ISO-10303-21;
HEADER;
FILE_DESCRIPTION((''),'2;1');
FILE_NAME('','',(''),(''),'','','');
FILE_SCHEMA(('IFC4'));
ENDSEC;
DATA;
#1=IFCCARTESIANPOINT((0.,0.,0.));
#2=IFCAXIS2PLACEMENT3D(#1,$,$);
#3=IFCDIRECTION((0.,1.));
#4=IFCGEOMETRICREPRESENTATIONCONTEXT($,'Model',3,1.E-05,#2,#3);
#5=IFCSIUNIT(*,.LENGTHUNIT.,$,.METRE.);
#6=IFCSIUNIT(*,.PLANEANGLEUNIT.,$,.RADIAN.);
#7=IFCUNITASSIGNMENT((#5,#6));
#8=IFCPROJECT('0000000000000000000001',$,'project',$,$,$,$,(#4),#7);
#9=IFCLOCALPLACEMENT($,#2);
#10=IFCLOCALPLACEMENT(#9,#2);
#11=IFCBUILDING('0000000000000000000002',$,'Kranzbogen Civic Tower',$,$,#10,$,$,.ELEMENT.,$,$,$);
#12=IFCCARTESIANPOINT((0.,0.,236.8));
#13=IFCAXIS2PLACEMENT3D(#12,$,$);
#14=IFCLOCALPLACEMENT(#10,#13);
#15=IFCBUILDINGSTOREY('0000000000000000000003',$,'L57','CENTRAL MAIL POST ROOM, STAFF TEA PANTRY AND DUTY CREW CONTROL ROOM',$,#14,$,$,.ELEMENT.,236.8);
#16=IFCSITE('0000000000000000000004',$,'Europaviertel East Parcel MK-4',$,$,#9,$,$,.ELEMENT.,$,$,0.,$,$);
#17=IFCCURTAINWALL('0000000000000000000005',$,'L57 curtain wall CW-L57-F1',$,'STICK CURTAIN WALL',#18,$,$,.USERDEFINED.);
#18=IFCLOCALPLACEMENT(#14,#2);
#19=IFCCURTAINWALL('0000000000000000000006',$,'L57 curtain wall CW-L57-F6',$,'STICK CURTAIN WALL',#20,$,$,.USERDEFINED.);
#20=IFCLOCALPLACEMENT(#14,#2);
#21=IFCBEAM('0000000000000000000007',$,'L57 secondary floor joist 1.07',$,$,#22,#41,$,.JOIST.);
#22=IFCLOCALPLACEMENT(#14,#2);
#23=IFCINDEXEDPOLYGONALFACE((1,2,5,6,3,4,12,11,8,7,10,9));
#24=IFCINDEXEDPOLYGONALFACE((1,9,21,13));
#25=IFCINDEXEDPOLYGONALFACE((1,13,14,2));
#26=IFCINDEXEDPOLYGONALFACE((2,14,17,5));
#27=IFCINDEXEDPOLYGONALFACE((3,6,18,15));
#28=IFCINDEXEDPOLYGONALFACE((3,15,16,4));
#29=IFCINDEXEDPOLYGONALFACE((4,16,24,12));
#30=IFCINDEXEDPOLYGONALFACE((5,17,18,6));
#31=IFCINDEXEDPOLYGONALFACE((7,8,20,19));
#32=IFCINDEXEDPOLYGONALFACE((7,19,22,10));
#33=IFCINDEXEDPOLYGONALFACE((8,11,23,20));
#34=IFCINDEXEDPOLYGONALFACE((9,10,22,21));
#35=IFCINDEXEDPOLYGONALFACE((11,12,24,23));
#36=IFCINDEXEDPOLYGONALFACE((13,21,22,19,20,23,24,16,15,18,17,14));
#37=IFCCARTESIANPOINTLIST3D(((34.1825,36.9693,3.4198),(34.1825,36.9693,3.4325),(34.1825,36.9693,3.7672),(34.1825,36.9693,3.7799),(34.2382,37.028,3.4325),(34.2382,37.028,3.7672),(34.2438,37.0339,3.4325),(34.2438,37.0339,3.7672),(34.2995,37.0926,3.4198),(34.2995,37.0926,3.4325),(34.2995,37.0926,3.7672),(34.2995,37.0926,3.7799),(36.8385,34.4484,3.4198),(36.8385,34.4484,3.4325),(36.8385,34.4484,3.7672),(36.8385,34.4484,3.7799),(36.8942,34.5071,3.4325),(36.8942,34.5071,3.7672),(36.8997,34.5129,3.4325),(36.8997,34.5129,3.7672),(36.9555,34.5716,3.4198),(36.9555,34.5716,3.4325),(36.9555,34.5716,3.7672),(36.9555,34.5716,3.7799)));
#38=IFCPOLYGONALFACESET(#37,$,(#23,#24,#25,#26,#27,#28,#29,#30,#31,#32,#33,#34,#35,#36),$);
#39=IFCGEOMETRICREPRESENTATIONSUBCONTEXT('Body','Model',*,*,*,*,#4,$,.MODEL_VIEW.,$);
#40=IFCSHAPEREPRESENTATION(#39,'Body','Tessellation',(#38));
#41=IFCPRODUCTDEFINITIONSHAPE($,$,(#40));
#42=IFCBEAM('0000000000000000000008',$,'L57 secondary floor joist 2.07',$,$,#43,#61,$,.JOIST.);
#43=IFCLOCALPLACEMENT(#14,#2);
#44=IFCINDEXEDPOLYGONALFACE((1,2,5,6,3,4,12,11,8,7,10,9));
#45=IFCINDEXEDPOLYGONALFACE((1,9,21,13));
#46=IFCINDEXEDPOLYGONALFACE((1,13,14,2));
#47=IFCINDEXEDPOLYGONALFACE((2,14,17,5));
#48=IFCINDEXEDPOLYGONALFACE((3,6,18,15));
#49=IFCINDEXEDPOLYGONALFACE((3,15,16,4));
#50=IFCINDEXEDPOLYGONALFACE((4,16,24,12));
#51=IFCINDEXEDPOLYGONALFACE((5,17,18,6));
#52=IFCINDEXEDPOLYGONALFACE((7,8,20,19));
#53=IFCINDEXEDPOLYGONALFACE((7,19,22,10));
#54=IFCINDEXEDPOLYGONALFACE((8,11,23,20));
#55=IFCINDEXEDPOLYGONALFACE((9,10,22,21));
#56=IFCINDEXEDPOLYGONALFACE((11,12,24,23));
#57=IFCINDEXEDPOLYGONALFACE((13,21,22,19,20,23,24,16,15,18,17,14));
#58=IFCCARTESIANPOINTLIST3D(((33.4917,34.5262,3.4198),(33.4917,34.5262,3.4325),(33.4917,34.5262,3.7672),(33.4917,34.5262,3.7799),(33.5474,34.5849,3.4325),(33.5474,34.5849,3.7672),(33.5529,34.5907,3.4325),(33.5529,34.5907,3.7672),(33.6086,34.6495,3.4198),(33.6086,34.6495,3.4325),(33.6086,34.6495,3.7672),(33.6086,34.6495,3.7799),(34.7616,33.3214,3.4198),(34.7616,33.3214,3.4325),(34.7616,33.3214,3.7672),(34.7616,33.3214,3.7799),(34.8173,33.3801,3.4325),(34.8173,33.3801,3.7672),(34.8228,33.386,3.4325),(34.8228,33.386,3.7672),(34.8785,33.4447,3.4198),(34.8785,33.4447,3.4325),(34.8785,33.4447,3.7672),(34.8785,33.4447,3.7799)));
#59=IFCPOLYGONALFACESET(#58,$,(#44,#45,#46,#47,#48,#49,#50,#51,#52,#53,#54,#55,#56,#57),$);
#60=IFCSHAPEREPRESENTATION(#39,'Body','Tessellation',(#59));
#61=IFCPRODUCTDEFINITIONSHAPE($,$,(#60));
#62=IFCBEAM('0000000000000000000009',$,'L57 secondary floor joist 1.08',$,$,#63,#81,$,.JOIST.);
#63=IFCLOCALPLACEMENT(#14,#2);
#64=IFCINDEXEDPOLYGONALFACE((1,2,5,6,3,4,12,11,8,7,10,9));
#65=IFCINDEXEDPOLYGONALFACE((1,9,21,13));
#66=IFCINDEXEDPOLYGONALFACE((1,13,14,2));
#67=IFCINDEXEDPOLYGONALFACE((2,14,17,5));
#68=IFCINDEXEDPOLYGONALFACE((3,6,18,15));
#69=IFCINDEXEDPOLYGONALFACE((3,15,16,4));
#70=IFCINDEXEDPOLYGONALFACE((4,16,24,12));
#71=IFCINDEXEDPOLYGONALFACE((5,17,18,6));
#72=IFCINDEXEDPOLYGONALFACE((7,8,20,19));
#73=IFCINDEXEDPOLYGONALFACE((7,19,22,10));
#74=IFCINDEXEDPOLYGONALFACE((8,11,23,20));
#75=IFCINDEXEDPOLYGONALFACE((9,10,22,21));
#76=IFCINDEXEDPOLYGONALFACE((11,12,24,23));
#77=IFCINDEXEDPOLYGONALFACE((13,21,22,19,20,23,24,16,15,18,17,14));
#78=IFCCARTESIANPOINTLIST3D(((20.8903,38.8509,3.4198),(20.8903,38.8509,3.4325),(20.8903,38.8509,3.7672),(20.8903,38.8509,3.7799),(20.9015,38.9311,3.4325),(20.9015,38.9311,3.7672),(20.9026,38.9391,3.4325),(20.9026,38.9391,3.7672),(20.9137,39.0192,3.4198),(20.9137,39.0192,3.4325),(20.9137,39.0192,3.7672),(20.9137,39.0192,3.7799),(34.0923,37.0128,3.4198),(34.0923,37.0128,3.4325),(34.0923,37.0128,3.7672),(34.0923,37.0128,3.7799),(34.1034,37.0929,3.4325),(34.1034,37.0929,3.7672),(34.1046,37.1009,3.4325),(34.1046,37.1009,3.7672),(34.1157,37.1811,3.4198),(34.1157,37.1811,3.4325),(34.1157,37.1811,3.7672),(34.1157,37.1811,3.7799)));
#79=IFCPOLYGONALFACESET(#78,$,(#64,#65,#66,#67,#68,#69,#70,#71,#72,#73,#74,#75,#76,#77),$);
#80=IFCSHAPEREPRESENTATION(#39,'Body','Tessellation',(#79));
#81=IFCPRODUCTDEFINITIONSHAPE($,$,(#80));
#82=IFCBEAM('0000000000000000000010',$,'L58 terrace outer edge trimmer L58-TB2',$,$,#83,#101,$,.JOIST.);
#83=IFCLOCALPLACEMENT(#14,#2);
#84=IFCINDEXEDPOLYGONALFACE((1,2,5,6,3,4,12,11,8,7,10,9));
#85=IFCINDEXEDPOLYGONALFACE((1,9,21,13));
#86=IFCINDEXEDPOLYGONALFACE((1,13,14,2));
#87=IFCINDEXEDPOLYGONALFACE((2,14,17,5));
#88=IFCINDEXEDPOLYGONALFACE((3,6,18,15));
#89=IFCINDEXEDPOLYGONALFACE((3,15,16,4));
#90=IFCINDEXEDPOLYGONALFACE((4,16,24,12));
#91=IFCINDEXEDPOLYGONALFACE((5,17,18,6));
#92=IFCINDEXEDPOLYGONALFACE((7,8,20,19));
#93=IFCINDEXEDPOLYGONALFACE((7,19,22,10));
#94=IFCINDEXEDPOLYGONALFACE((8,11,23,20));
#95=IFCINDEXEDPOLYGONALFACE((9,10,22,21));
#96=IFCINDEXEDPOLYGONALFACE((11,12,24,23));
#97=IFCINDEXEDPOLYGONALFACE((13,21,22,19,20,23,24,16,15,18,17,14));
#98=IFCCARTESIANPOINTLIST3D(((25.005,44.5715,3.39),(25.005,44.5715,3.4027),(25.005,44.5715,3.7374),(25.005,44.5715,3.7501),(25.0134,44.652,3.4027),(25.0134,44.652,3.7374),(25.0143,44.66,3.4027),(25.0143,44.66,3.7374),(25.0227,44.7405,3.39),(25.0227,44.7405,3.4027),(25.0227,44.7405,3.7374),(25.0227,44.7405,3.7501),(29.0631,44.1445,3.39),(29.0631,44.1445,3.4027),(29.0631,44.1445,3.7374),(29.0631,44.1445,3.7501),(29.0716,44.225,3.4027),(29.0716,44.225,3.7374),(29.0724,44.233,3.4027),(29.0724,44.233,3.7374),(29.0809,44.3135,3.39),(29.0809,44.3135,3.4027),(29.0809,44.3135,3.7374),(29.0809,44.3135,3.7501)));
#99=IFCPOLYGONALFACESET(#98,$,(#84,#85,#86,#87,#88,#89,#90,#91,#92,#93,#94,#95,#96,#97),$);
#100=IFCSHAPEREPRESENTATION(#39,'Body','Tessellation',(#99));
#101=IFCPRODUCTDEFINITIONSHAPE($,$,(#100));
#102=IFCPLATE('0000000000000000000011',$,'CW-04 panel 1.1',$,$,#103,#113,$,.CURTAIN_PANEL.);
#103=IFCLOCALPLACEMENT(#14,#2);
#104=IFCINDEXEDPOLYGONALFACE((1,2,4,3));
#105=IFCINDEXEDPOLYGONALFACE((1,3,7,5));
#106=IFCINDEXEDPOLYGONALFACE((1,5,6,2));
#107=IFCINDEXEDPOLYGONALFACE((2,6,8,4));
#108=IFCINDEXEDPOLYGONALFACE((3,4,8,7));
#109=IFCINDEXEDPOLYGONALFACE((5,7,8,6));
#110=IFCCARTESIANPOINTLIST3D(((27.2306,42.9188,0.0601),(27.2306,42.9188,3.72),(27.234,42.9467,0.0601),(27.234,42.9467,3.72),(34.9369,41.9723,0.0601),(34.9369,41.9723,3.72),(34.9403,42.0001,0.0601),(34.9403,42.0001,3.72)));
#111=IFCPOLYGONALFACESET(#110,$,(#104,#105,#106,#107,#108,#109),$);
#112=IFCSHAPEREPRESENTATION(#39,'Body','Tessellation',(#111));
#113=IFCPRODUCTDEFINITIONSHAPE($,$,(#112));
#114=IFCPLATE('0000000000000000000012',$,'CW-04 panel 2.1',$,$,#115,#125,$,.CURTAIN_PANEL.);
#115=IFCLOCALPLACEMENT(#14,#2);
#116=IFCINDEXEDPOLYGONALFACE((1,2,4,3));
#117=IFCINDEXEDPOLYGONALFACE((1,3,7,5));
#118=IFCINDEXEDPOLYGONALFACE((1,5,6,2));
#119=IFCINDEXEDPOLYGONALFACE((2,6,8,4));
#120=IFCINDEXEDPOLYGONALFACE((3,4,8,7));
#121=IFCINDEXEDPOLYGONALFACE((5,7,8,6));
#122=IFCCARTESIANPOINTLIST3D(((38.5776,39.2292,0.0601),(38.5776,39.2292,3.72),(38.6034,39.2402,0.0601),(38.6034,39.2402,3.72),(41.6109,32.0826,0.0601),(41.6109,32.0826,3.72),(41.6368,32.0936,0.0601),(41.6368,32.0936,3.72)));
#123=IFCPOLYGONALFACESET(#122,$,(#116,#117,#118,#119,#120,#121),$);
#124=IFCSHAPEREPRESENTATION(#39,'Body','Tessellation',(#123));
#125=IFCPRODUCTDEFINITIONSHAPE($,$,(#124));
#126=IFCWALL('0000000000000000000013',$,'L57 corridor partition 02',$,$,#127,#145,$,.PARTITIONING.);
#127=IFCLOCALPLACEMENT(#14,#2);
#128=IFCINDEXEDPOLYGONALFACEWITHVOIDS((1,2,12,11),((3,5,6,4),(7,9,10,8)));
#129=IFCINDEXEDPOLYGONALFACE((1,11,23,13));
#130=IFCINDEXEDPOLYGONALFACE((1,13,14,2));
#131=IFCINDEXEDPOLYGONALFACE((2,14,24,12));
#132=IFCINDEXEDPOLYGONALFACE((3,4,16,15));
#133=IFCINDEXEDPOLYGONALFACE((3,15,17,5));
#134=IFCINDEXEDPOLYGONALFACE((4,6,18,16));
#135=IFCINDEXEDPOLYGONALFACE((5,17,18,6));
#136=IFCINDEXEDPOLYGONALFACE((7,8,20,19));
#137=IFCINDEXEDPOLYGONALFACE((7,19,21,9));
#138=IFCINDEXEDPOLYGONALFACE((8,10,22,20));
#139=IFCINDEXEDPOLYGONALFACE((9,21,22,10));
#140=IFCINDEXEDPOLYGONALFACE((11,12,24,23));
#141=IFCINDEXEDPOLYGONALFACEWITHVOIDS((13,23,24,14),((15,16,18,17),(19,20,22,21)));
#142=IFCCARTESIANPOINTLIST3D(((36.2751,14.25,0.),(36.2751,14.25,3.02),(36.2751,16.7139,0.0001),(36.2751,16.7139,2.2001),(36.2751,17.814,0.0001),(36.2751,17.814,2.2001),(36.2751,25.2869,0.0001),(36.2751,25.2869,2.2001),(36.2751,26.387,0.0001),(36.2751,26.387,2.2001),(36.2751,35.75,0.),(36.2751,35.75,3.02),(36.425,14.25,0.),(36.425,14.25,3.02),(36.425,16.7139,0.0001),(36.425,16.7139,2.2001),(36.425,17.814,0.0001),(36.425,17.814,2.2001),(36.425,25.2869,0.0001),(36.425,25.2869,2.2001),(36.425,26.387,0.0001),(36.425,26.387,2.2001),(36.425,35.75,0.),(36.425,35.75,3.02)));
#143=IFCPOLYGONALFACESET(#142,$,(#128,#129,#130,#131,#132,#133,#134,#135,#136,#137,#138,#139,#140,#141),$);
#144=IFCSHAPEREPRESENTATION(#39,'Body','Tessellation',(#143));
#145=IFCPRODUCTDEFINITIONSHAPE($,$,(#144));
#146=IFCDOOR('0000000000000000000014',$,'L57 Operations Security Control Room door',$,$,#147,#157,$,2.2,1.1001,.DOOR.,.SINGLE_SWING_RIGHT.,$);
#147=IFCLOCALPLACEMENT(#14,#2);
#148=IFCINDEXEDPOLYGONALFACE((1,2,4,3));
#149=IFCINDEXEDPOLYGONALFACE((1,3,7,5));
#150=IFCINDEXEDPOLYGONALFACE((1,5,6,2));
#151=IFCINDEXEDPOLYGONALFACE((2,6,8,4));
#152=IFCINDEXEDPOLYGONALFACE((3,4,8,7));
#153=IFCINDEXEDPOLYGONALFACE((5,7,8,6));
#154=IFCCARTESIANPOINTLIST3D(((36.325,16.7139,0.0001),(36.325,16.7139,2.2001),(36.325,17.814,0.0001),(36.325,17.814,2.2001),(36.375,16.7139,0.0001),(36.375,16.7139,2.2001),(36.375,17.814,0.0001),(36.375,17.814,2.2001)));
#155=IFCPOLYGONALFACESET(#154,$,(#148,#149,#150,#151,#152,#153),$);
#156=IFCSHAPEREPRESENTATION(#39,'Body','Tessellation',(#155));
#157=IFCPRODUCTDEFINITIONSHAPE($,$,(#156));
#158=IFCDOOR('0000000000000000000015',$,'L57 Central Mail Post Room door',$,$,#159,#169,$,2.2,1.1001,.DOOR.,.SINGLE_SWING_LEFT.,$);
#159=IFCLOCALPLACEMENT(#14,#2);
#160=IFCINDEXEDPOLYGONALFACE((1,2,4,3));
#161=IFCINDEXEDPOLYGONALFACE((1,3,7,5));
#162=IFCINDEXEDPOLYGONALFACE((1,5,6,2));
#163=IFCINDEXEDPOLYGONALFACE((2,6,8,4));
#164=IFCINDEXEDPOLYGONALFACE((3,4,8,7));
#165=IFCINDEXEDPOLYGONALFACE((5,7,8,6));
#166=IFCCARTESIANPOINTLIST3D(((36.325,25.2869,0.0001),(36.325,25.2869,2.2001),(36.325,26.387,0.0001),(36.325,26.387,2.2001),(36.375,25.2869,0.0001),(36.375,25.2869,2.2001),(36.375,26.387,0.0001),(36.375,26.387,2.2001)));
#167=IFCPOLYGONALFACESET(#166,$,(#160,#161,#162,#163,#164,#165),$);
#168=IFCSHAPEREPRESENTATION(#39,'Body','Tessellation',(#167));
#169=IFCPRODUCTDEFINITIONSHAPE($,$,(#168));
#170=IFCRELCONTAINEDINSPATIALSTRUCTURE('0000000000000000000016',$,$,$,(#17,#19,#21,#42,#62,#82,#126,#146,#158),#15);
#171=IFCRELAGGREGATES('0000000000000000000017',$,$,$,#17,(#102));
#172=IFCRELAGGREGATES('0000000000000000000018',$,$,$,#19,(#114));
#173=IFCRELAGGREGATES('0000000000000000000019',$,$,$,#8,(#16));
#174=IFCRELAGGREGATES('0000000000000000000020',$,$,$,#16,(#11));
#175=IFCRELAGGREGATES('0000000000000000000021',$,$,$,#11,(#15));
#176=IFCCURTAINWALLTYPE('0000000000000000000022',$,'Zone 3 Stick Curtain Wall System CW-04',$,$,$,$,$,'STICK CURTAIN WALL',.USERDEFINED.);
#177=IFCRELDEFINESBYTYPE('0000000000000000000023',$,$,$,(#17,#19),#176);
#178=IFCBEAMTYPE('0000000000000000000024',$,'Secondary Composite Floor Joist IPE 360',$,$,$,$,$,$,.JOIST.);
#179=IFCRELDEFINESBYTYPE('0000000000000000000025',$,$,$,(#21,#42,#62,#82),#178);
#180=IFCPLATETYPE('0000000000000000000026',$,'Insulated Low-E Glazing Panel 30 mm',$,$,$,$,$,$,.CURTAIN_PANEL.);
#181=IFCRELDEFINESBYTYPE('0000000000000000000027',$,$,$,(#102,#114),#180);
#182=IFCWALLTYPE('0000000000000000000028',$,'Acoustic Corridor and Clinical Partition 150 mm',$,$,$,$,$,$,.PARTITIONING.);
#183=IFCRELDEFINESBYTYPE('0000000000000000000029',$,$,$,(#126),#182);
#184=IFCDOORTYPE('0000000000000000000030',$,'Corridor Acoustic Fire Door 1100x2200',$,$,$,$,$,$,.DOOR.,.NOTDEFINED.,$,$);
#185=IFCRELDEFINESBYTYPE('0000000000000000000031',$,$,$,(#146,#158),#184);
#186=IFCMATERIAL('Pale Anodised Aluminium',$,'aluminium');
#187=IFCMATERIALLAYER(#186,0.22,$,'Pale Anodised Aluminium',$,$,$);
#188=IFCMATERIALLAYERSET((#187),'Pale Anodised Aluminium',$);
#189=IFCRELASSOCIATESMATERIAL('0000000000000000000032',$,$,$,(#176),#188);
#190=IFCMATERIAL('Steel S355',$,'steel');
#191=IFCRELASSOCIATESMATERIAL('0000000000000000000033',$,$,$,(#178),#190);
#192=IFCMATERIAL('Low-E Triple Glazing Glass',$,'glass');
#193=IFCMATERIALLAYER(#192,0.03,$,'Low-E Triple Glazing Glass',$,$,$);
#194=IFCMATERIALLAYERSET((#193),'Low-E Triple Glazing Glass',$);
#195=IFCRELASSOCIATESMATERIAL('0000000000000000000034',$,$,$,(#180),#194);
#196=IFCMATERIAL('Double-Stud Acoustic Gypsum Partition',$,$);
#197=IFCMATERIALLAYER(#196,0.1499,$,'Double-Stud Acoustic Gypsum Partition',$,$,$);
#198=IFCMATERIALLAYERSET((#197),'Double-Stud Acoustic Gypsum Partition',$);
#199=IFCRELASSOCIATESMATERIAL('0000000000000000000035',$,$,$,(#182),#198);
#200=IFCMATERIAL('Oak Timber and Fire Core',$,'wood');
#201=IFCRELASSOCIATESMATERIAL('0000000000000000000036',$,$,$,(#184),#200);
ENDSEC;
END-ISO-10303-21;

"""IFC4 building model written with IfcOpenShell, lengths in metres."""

from ifc_helpers import new_model, si_unit, direction, frame, frame_2d, origin, origin_2d, place, context, subcontext, project, spatial, rectangle, i_section, extrude, material, layer, layer_set, material_profile, profile_set, type_object, element, fill, aggregate, save


model = new_model("IFC4")

# Units and contexts
model_context = context("Model", 3, precision=1e-05, world=origin(), true_north=direction((0.0, 1.0)))
body_context = subcontext(model_context, "Body", "Model", "MODEL_VIEW")
ifc_project = project(units=[si_unit("LENGTHUNIT", "METRE"), si_unit("PLANEANGLEUNIT", "RADIAN")], contexts=[model_context])

# Site, building, storey
site_placement = place(None, origin())
site = spatial("IfcSite", under=ifc_project, at=site_placement, Name="Europaviertel East Parcel MK-4", CompositionType="ELEMENT", RefElevation=0.0)
building_placement = place(site_placement, origin())
building = spatial("IfcBuilding", under=site, at=building_placement, Name="Kranzbogen Civic Tower", CompositionType="ELEMENT")
storey_placement = place(building_placement, frame((0.0, 0.0, 236.8)))
storey = spatial("IfcBuildingStorey", under=building, at=storey_placement, Name="L57", Description="CENTRAL MAIL POST ROOM, STAFF TEA PANTRY AND DUTY CREW CONTROL ROOM", CompositionType="ELEMENT", Elevation=236.8)

# Shared definitions
ifc_material_1 = material(Name="Steel S355", Category="steel")

# Curtain walls
ifc_material_2 = material(Name="Pale Anodised Aluminium", Category="aluminium")
ifc_layer_1 = layer(ifc_material_2, 0.22, Name="Pale Anodised Aluminium")
ifc_layer_set_1 = layer_set([ifc_layer_1], Name="Pale Anodised Aluminium")
curtain_wall_type = type_object("IfcCurtainWallType", Name="Zone 3 Stick Curtain Wall System CW-04", ElementType="STICK CURTAIN WALL", PredefinedType="USERDEFINED", material=ifc_layer_set_1)
curtain_wall_1_placement = place(storey_placement, origin())
curtain_wall_1 = element("IfcCurtainWall", 1, at=curtain_wall_1_placement, inside=storey, type_object=curtain_wall_type, Name="L57 curtain wall CW-L57-F1", ObjectType="STICK CURTAIN WALL", PredefinedType="USERDEFINED")
curtain_wall_2_placement = place(storey_placement, origin())
curtain_wall_2 = element("IfcCurtainWall", 2, at=curtain_wall_2_placement, inside=storey, type_object=curtain_wall_type, Name="L57 curtain wall CW-L57-F6", ObjectType="STICK CURTAIN WALL", PredefinedType="USERDEFINED")

# Beams
ifc_material_profile_1 = material_profile(ifc_material_1, i_section(OverallWidth=0.1699, OverallDepth=0.3601, WebThickness=0.0081, FlangeThickness=0.0127, at=origin_2d()), Name="IPE 360")
ifc_profile_set_1 = profile_set([ifc_material_profile_1], Name="Steel S355")
beam_type_1 = type_object("IfcBeamType", Name="Secondary Composite Floor Joist IPE 360", PredefinedType="JOIST", material=ifc_profile_set_1)
beam_1_placement = place(storey_placement, frame((36.897, 34.51, 3.5999), z_axis=(-0.725301, 0.688432, 0.0), x_axis=(-0.688432, -0.725301, 0.0)))
element("IfcBeam", 3, at=beam_1_placement, inside=storey, type_object=beam_type_1, Name="L57 secondary floor joist 1.07", PredefinedType="JOIST", context=body_context, shape_type="SweptSolid", body=[
    extrude(i_section(OverallWidth=0.1699, OverallDepth=0.3601, WebThickness=0.0081, FlangeThickness=0.0127, at=origin_2d()), origin(), (0.0, 0.0, 1.0), 3.6619),
])
beam_2_placement = place(storey_placement, frame((34.8201, 33.3831, 3.5999), z_axis=(-0.72548, 0.688243, 0.0), x_axis=(-0.688243, -0.72548, 0.0)))
element("IfcBeam", 4, at=beam_2_placement, inside=storey, type_object=beam_type_1, Name="L57 secondary floor joist 2.07", PredefinedType="JOIST", context=body_context, shape_type="SweptSolid", body=[
    extrude(i_section(OverallWidth=0.1699, OverallDepth=0.3601, WebThickness=0.0081, FlangeThickness=0.0127, at=origin_2d()), origin(), (0.0, 0.0, 1.0), 1.7505),
])
beam_3_placement = place(storey_placement, frame((34.104, 37.0969, 3.5999), z_axis=(-0.990446, 0.137902, 0.0), x_axis=(-0.137902, -0.990446, 0.0)))
element("IfcBeam", 5, at=beam_3_placement, inside=storey, type_object=beam_type_1, Name="L57 secondary floor joist 1.08", PredefinedType="JOIST", context=body_context, shape_type="SweptSolid", body=[
    extrude(i_section(OverallWidth=0.1699, OverallDepth=0.3601, WebThickness=0.0081, FlangeThickness=0.0127, at=origin_2d()), origin(), (0.0, 0.0, 1.0), 13.3293),
])
beam_4_placement = place(storey_placement, frame((29.072, 44.229, 3.5701), z_axis=(-0.99451, 0.104644, 0.0), x_axis=(-0.104644, -0.99451, 0.0)))
element("IfcBeam", 6, at=beam_4_placement, inside=storey, type_object=beam_type_1, Name="L58 terrace outer edge trimmer L58-TB2", PredefinedType="JOIST", context=body_context, shape_type="SweptSolid", body=[
    extrude(i_section(OverallWidth=0.1699, OverallDepth=0.3601, WebThickness=0.0081, FlangeThickness=0.0127, at=origin_2d()), origin(), (0.0, 0.0, 1.0), 4.0806),
])

# Plates
ifc_material_3 = material(Name="Low-E Triple Glazing Glass", Category="glass")
ifc_layer_2 = layer(ifc_material_3, 0.03, Name="Low-E Triple Glazing Glass")
ifc_layer_set_2 = layer_set([ifc_layer_2], Name="Low-E Triple Glazing Glass")
plate_type = type_object("IfcPlateType", Name="Insulated Low-E Glazing Panel 30 mm", PredefinedType="CURTAIN_PANEL", material=ifc_layer_set_2)
plate_1_placement = place(storey_placement, frame((31.0854, 42.4595, 0.0601), z_axis=(0.0, 0.0, 1.0), x_axis=(-0.992541, 0.121911, 0.0)))
plate_1 = element("IfcPlate", 7, at=plate_1_placement, type_object=plate_type, Name="CW-04 panel 1.1", PredefinedType="CURTAIN_PANEL", context=body_context, shape_type="SweptSolid", body=[
    extrude(rectangle(XDim=7.7642, YDim=0.0281, at=origin_2d()), origin(), (0.0, 0.0, 1.0), 3.6599),
])
aggregate(curtain_wall_1, [plate_1])
plate_2_placement = place(storey_placement, frame((40.1072, 35.6614, 0.0601), z_axis=(0.0, 0.0, 1.0), x_axis=(-0.390705, 0.920516, 0.0)))
plate_2 = element("IfcPlate", 8, at=plate_2_placement, type_object=plate_type, Name="CW-04 panel 2.1", PredefinedType="CURTAIN_PANEL", context=body_context, shape_type="SweptSolid", body=[
    extrude(rectangle(XDim=7.7637, YDim=0.0281, at=origin_2d()), origin(), (0.0, 0.0, 1.0), 3.6599),
])
aggregate(curtain_wall_2, [plate_2])

# Wall, openings, doors
ifc_material_4 = material(Name="Double-Stud Acoustic Gypsum Partition")
ifc_layer_3 = layer(ifc_material_4, 0.1499, Name="Double-Stud Acoustic Gypsum Partition")
ifc_layer_set_3 = layer_set([ifc_layer_3], Name="Double-Stud Acoustic Gypsum Partition")
wall_type_1 = type_object("IfcWallType", Name="Acoustic Corridor and Clinical Partition 150 mm", PredefinedType="PARTITIONING", material=ifc_layer_set_3)
wall_1_placement = place(storey_placement, frame((36.3501, 35.75, 0.0), z_axis=(0.0, 0.0, 1.0), x_axis=(0.0, -1.0, 0.0)))
wall_1 = element("IfcWall", 9, at=wall_1_placement, inside=storey, type_object=wall_type_1, Name="L57 corridor partition 02", PredefinedType="PARTITIONING", context=body_context, shape_type="SweptSolid", body=[
    extrude(rectangle(XDim=21.5, YDim=0.1499, at=frame_2d((10.75, 0.0))), origin(), (0.0, 0.0, 1.0), 3.02),
])
opening_1_placement = place(wall_1_placement, frame((17.936, 0.0, 0.0)))
opening_1 = element("IfcOpeningElement", 10, at=opening_1_placement, cuts=wall_1, PredefinedType="OPENING", context=body_context, shape_type="SweptSolid", body=[
    extrude(rectangle(XDim=1.1001, YDim=2.2, at=frame_2d((0.55, 1.1001))), frame((0.0, 0.085, 0.0), z_axis=(0.0, -1.0, 0.0), x_axis=(1.0, 0.0, 0.0)), (0.0, 0.0, 1.0), 0.1699),
])
opening_2_placement = place(wall_1_placement, frame((9.363, 0.0, 0.0)))
opening_2 = element("IfcOpeningElement", 11, at=opening_2_placement, cuts=wall_1, PredefinedType="OPENING", context=body_context, shape_type="SweptSolid", body=[
    extrude(rectangle(XDim=1.1001, YDim=2.2, at=frame_2d((0.55, 1.1001))), frame((0.0, 0.085, 0.0), z_axis=(0.0, -1.0, 0.0), x_axis=(1.0, 0.0, 0.0)), (0.0, 0.0, 1.0), 0.1699),
])
ifc_material_5 = material(Name="Oak Timber and Fire Core", Category="wood")
door_type_1 = type_object("IfcDoorType", Name="Corridor Acoustic Fire Door 1100x2200", OperationType="NOTDEFINED", PredefinedType="DOOR", material=ifc_material_5)
door_1_placement = place(opening_1_placement, origin())
door_1 = element("IfcDoor", 12, at=door_1_placement, inside=storey, type_object=door_type_1, Name="L57 Operations Security Control Room door", OperationType="SINGLE_SWING_RIGHT", OverallHeight=2.2, OverallWidth=1.1001, PredefinedType="DOOR", context=body_context, shape_type="SweptSolid", body=[
    extrude(rectangle(XDim=1.1001, YDim=2.2, at=frame_2d((0.55, 1.1001))), frame((0.0, 0.0249, 0.0), z_axis=(0.0, -1.0, 0.0), x_axis=(1.0, 0.0, 0.0)), (0.0, 0.0, 1.0), 0.05),
])
fill(opening_1, door_1)
door_2_placement = place(opening_2_placement, origin())
door_2 = element("IfcDoor", 13, at=door_2_placement, inside=storey, type_object=door_type_1, Name="L57 Central Mail Post Room door", OperationType="SINGLE_SWING_LEFT", OverallHeight=2.2, OverallWidth=1.1001, PredefinedType="DOOR", context=body_context, shape_type="SweptSolid", body=[
    extrude(rectangle(XDim=1.1001, YDim=2.2, at=frame_2d((0.55, 1.1001))), frame((0.0, 0.0249, 0.0), z_axis=(0.0, -1.0, 0.0), x_axis=(1.0, 0.0, 0.0)), (0.0, 0.0, 1.0), 0.05),
])
fill(opening_2, door_2)

save(model, "model.ifc")
